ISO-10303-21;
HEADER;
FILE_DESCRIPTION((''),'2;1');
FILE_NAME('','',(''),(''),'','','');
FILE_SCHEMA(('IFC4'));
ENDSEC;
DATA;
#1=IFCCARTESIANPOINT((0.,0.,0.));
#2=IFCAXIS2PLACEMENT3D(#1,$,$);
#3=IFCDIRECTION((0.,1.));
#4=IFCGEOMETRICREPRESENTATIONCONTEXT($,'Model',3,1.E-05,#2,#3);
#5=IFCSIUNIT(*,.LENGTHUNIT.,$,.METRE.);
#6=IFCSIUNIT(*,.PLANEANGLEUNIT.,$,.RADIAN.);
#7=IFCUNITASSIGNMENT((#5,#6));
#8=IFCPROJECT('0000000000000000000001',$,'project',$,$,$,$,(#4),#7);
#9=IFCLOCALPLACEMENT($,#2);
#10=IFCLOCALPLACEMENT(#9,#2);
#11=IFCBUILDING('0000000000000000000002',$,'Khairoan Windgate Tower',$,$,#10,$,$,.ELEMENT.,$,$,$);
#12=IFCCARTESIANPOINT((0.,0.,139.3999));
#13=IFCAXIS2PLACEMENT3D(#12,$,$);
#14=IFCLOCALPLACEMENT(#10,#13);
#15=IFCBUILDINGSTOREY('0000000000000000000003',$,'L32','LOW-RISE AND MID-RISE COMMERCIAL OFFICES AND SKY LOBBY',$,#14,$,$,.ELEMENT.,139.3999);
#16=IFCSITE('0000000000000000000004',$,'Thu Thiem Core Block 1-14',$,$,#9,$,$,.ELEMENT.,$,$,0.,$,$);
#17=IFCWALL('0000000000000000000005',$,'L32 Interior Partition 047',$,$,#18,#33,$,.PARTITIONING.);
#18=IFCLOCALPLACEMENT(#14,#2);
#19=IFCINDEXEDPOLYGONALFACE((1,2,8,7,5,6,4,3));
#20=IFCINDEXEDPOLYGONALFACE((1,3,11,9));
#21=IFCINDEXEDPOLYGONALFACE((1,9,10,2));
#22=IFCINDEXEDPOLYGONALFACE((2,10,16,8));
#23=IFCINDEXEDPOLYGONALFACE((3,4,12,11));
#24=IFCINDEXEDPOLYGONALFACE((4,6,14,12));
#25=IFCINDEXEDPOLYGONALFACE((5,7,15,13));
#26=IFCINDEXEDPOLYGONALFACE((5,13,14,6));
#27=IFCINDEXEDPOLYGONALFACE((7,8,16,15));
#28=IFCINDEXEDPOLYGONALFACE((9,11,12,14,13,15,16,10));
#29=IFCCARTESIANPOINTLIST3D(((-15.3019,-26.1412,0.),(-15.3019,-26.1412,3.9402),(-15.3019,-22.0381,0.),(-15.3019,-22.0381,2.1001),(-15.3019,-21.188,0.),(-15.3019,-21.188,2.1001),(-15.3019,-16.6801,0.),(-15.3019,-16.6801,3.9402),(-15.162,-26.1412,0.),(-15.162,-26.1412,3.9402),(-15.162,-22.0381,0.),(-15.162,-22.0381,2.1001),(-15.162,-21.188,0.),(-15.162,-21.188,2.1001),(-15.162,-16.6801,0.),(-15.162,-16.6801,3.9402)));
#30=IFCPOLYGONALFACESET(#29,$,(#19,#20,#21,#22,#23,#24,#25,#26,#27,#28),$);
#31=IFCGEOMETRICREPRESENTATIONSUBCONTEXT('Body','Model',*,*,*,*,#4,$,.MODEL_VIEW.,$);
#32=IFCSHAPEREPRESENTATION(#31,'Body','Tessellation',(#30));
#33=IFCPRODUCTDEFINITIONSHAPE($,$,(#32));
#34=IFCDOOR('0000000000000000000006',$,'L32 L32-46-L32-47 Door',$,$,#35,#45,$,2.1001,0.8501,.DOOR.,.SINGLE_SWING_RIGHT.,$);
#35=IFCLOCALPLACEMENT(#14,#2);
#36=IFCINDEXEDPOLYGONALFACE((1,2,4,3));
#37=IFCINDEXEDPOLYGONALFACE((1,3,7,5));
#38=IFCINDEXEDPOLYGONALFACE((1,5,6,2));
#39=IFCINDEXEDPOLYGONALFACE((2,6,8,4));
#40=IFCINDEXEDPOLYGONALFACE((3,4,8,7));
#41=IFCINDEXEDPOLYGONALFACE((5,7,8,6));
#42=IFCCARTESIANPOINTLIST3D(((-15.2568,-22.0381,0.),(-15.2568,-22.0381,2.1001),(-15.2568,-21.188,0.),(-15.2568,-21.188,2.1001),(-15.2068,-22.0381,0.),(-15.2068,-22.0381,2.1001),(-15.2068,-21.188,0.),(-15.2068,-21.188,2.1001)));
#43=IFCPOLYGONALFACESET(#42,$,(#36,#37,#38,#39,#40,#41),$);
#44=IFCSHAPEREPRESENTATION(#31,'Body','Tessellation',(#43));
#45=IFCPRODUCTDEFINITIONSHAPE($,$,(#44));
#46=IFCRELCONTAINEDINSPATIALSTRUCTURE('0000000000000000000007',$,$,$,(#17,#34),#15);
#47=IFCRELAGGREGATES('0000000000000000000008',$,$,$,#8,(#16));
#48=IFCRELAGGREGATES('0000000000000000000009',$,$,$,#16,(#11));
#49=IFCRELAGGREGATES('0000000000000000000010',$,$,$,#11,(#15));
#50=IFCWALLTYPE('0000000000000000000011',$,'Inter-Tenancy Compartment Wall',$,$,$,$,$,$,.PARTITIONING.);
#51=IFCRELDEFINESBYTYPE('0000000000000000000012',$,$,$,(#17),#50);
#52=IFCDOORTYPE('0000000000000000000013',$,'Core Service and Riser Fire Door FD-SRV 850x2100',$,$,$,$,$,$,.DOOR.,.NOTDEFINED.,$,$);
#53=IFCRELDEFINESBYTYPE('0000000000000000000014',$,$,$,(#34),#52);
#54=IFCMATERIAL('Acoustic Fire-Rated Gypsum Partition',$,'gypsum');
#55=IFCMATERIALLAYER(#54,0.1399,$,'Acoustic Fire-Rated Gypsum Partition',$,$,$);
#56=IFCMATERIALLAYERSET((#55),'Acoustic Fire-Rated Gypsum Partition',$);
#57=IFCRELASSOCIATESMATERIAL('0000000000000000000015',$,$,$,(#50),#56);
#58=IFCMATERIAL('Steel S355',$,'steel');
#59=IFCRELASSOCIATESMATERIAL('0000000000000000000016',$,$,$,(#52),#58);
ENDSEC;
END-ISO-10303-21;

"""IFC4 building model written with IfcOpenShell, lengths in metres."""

from ifc_helpers import new_model, si_unit, direction, frame, frame_2d, origin, place, context, subcontext, project, spatial, rectangle, extrude, material, layer, layer_set, type_object, element, fill, save


model = new_model("IFC4")

# Units and contexts
model_context = context("Model", 3, precision=1e-05, world=origin(), true_north=direction((0.0, 1.0)))
body_context = subcontext(model_context, "Body", "Model", "MODEL_VIEW")
ifc_project = project(units=[si_unit("LENGTHUNIT", "METRE"), si_unit("PLANEANGLEUNIT", "RADIAN")], contexts=[model_context])

# Site, building, storey
site_placement = place(None, origin())
site = spatial("IfcSite", under=ifc_project, at=site_placement, Name="Thu Thiem Core Block 1-14", CompositionType="ELEMENT", RefElevation=0.0)
building_placement = place(site_placement, origin())
building = spatial("IfcBuilding", under=site, at=building_placement, Name="Khairoan Windgate Tower", CompositionType="ELEMENT")
storey_placement = place(building_placement, frame((0.0, 0.0, 139.3999)))
storey = spatial("IfcBuildingStorey", under=building, at=storey_placement, Name="L32", Description="LOW-RISE AND MID-RISE COMMERCIAL OFFICES AND SKY LOBBY", CompositionType="ELEMENT", Elevation=139.3999)

# Wall, opening, door
ifc_material_1 = material(Name="Acoustic Fire-Rated Gypsum Partition", Category="gypsum")
ifc_layer_1 = layer(ifc_material_1, 0.1399, Name="Acoustic Fire-Rated Gypsum Partition")
ifc_layer_set_1 = layer_set([ifc_layer_1], Name="Acoustic Fire-Rated Gypsum Partition")
wall_type = type_object("IfcWallType", Name="Inter-Tenancy Compartment Wall", PredefinedType="PARTITIONING", material=ifc_layer_set_1)
wall_placement = place(storey_placement, frame((-15.2319, -26.1411, 0.0), z_axis=(0.0, 0.0, 1.0), x_axis=(0.0, 1.0, 0.0)))
wall = element("IfcWall", 1, at=wall_placement, inside=storey, type_object=wall_type, Name="L32 Interior Partition 047", PredefinedType="PARTITIONING", context=body_context, shape_type="SweptSolid", body=[
    extrude(rectangle(XDim=9.4612, YDim=0.1399, at=frame_2d((4.7305, 0.0))), origin(), (0.0, 0.0, 1.0), 3.9402),
])
opening_placement = place(wall_placement, frame((4.103, 0.0, 0.0)))
opening = element("IfcOpeningElement", 2, at=opening_placement, cuts=wall, PredefinedType="OPENING", context=body_context, shape_type="SweptSolid", body=[
    extrude(rectangle(XDim=0.8501, YDim=2.1001, at=frame_2d((0.425, 1.05))), frame((0.0, 0.0798, 0.0), z_axis=(0.0, -1.0, 0.0), x_axis=(1.0, 0.0, 0.0)), (0.0, 0.0, 1.0), 0.1599),
])
ifc_material_2 = material(Name="Steel S355", Category="steel")
door_type = type_object("IfcDoorType", Name="Core Service and Riser Fire Door FD-SRV 850x2100", OperationType="NOTDEFINED", PredefinedType="DOOR", material=ifc_material_2)
door_placement = place(opening_placement, origin())
door = element("IfcDoor", 3, at=door_placement, inside=storey, type_object=door_type, Name="L32 L32-46-L32-47 Door", OperationType="SINGLE_SWING_RIGHT", OverallHeight=2.1001, OverallWidth=0.8501, PredefinedType="DOOR", context=body_context, shape_type="SweptSolid", body=[
    extrude(rectangle(XDim=0.8501, YDim=2.1001, at=frame_2d((0.425, 1.05))), frame((0.0, 0.0249, 0.0), z_axis=(0.0, -1.0, 0.0), x_axis=(1.0, 0.0, 0.0)), (0.0, 0.0, 1.0), 0.05),
])
fill(opening, door)

save(model, "model.ifc")
